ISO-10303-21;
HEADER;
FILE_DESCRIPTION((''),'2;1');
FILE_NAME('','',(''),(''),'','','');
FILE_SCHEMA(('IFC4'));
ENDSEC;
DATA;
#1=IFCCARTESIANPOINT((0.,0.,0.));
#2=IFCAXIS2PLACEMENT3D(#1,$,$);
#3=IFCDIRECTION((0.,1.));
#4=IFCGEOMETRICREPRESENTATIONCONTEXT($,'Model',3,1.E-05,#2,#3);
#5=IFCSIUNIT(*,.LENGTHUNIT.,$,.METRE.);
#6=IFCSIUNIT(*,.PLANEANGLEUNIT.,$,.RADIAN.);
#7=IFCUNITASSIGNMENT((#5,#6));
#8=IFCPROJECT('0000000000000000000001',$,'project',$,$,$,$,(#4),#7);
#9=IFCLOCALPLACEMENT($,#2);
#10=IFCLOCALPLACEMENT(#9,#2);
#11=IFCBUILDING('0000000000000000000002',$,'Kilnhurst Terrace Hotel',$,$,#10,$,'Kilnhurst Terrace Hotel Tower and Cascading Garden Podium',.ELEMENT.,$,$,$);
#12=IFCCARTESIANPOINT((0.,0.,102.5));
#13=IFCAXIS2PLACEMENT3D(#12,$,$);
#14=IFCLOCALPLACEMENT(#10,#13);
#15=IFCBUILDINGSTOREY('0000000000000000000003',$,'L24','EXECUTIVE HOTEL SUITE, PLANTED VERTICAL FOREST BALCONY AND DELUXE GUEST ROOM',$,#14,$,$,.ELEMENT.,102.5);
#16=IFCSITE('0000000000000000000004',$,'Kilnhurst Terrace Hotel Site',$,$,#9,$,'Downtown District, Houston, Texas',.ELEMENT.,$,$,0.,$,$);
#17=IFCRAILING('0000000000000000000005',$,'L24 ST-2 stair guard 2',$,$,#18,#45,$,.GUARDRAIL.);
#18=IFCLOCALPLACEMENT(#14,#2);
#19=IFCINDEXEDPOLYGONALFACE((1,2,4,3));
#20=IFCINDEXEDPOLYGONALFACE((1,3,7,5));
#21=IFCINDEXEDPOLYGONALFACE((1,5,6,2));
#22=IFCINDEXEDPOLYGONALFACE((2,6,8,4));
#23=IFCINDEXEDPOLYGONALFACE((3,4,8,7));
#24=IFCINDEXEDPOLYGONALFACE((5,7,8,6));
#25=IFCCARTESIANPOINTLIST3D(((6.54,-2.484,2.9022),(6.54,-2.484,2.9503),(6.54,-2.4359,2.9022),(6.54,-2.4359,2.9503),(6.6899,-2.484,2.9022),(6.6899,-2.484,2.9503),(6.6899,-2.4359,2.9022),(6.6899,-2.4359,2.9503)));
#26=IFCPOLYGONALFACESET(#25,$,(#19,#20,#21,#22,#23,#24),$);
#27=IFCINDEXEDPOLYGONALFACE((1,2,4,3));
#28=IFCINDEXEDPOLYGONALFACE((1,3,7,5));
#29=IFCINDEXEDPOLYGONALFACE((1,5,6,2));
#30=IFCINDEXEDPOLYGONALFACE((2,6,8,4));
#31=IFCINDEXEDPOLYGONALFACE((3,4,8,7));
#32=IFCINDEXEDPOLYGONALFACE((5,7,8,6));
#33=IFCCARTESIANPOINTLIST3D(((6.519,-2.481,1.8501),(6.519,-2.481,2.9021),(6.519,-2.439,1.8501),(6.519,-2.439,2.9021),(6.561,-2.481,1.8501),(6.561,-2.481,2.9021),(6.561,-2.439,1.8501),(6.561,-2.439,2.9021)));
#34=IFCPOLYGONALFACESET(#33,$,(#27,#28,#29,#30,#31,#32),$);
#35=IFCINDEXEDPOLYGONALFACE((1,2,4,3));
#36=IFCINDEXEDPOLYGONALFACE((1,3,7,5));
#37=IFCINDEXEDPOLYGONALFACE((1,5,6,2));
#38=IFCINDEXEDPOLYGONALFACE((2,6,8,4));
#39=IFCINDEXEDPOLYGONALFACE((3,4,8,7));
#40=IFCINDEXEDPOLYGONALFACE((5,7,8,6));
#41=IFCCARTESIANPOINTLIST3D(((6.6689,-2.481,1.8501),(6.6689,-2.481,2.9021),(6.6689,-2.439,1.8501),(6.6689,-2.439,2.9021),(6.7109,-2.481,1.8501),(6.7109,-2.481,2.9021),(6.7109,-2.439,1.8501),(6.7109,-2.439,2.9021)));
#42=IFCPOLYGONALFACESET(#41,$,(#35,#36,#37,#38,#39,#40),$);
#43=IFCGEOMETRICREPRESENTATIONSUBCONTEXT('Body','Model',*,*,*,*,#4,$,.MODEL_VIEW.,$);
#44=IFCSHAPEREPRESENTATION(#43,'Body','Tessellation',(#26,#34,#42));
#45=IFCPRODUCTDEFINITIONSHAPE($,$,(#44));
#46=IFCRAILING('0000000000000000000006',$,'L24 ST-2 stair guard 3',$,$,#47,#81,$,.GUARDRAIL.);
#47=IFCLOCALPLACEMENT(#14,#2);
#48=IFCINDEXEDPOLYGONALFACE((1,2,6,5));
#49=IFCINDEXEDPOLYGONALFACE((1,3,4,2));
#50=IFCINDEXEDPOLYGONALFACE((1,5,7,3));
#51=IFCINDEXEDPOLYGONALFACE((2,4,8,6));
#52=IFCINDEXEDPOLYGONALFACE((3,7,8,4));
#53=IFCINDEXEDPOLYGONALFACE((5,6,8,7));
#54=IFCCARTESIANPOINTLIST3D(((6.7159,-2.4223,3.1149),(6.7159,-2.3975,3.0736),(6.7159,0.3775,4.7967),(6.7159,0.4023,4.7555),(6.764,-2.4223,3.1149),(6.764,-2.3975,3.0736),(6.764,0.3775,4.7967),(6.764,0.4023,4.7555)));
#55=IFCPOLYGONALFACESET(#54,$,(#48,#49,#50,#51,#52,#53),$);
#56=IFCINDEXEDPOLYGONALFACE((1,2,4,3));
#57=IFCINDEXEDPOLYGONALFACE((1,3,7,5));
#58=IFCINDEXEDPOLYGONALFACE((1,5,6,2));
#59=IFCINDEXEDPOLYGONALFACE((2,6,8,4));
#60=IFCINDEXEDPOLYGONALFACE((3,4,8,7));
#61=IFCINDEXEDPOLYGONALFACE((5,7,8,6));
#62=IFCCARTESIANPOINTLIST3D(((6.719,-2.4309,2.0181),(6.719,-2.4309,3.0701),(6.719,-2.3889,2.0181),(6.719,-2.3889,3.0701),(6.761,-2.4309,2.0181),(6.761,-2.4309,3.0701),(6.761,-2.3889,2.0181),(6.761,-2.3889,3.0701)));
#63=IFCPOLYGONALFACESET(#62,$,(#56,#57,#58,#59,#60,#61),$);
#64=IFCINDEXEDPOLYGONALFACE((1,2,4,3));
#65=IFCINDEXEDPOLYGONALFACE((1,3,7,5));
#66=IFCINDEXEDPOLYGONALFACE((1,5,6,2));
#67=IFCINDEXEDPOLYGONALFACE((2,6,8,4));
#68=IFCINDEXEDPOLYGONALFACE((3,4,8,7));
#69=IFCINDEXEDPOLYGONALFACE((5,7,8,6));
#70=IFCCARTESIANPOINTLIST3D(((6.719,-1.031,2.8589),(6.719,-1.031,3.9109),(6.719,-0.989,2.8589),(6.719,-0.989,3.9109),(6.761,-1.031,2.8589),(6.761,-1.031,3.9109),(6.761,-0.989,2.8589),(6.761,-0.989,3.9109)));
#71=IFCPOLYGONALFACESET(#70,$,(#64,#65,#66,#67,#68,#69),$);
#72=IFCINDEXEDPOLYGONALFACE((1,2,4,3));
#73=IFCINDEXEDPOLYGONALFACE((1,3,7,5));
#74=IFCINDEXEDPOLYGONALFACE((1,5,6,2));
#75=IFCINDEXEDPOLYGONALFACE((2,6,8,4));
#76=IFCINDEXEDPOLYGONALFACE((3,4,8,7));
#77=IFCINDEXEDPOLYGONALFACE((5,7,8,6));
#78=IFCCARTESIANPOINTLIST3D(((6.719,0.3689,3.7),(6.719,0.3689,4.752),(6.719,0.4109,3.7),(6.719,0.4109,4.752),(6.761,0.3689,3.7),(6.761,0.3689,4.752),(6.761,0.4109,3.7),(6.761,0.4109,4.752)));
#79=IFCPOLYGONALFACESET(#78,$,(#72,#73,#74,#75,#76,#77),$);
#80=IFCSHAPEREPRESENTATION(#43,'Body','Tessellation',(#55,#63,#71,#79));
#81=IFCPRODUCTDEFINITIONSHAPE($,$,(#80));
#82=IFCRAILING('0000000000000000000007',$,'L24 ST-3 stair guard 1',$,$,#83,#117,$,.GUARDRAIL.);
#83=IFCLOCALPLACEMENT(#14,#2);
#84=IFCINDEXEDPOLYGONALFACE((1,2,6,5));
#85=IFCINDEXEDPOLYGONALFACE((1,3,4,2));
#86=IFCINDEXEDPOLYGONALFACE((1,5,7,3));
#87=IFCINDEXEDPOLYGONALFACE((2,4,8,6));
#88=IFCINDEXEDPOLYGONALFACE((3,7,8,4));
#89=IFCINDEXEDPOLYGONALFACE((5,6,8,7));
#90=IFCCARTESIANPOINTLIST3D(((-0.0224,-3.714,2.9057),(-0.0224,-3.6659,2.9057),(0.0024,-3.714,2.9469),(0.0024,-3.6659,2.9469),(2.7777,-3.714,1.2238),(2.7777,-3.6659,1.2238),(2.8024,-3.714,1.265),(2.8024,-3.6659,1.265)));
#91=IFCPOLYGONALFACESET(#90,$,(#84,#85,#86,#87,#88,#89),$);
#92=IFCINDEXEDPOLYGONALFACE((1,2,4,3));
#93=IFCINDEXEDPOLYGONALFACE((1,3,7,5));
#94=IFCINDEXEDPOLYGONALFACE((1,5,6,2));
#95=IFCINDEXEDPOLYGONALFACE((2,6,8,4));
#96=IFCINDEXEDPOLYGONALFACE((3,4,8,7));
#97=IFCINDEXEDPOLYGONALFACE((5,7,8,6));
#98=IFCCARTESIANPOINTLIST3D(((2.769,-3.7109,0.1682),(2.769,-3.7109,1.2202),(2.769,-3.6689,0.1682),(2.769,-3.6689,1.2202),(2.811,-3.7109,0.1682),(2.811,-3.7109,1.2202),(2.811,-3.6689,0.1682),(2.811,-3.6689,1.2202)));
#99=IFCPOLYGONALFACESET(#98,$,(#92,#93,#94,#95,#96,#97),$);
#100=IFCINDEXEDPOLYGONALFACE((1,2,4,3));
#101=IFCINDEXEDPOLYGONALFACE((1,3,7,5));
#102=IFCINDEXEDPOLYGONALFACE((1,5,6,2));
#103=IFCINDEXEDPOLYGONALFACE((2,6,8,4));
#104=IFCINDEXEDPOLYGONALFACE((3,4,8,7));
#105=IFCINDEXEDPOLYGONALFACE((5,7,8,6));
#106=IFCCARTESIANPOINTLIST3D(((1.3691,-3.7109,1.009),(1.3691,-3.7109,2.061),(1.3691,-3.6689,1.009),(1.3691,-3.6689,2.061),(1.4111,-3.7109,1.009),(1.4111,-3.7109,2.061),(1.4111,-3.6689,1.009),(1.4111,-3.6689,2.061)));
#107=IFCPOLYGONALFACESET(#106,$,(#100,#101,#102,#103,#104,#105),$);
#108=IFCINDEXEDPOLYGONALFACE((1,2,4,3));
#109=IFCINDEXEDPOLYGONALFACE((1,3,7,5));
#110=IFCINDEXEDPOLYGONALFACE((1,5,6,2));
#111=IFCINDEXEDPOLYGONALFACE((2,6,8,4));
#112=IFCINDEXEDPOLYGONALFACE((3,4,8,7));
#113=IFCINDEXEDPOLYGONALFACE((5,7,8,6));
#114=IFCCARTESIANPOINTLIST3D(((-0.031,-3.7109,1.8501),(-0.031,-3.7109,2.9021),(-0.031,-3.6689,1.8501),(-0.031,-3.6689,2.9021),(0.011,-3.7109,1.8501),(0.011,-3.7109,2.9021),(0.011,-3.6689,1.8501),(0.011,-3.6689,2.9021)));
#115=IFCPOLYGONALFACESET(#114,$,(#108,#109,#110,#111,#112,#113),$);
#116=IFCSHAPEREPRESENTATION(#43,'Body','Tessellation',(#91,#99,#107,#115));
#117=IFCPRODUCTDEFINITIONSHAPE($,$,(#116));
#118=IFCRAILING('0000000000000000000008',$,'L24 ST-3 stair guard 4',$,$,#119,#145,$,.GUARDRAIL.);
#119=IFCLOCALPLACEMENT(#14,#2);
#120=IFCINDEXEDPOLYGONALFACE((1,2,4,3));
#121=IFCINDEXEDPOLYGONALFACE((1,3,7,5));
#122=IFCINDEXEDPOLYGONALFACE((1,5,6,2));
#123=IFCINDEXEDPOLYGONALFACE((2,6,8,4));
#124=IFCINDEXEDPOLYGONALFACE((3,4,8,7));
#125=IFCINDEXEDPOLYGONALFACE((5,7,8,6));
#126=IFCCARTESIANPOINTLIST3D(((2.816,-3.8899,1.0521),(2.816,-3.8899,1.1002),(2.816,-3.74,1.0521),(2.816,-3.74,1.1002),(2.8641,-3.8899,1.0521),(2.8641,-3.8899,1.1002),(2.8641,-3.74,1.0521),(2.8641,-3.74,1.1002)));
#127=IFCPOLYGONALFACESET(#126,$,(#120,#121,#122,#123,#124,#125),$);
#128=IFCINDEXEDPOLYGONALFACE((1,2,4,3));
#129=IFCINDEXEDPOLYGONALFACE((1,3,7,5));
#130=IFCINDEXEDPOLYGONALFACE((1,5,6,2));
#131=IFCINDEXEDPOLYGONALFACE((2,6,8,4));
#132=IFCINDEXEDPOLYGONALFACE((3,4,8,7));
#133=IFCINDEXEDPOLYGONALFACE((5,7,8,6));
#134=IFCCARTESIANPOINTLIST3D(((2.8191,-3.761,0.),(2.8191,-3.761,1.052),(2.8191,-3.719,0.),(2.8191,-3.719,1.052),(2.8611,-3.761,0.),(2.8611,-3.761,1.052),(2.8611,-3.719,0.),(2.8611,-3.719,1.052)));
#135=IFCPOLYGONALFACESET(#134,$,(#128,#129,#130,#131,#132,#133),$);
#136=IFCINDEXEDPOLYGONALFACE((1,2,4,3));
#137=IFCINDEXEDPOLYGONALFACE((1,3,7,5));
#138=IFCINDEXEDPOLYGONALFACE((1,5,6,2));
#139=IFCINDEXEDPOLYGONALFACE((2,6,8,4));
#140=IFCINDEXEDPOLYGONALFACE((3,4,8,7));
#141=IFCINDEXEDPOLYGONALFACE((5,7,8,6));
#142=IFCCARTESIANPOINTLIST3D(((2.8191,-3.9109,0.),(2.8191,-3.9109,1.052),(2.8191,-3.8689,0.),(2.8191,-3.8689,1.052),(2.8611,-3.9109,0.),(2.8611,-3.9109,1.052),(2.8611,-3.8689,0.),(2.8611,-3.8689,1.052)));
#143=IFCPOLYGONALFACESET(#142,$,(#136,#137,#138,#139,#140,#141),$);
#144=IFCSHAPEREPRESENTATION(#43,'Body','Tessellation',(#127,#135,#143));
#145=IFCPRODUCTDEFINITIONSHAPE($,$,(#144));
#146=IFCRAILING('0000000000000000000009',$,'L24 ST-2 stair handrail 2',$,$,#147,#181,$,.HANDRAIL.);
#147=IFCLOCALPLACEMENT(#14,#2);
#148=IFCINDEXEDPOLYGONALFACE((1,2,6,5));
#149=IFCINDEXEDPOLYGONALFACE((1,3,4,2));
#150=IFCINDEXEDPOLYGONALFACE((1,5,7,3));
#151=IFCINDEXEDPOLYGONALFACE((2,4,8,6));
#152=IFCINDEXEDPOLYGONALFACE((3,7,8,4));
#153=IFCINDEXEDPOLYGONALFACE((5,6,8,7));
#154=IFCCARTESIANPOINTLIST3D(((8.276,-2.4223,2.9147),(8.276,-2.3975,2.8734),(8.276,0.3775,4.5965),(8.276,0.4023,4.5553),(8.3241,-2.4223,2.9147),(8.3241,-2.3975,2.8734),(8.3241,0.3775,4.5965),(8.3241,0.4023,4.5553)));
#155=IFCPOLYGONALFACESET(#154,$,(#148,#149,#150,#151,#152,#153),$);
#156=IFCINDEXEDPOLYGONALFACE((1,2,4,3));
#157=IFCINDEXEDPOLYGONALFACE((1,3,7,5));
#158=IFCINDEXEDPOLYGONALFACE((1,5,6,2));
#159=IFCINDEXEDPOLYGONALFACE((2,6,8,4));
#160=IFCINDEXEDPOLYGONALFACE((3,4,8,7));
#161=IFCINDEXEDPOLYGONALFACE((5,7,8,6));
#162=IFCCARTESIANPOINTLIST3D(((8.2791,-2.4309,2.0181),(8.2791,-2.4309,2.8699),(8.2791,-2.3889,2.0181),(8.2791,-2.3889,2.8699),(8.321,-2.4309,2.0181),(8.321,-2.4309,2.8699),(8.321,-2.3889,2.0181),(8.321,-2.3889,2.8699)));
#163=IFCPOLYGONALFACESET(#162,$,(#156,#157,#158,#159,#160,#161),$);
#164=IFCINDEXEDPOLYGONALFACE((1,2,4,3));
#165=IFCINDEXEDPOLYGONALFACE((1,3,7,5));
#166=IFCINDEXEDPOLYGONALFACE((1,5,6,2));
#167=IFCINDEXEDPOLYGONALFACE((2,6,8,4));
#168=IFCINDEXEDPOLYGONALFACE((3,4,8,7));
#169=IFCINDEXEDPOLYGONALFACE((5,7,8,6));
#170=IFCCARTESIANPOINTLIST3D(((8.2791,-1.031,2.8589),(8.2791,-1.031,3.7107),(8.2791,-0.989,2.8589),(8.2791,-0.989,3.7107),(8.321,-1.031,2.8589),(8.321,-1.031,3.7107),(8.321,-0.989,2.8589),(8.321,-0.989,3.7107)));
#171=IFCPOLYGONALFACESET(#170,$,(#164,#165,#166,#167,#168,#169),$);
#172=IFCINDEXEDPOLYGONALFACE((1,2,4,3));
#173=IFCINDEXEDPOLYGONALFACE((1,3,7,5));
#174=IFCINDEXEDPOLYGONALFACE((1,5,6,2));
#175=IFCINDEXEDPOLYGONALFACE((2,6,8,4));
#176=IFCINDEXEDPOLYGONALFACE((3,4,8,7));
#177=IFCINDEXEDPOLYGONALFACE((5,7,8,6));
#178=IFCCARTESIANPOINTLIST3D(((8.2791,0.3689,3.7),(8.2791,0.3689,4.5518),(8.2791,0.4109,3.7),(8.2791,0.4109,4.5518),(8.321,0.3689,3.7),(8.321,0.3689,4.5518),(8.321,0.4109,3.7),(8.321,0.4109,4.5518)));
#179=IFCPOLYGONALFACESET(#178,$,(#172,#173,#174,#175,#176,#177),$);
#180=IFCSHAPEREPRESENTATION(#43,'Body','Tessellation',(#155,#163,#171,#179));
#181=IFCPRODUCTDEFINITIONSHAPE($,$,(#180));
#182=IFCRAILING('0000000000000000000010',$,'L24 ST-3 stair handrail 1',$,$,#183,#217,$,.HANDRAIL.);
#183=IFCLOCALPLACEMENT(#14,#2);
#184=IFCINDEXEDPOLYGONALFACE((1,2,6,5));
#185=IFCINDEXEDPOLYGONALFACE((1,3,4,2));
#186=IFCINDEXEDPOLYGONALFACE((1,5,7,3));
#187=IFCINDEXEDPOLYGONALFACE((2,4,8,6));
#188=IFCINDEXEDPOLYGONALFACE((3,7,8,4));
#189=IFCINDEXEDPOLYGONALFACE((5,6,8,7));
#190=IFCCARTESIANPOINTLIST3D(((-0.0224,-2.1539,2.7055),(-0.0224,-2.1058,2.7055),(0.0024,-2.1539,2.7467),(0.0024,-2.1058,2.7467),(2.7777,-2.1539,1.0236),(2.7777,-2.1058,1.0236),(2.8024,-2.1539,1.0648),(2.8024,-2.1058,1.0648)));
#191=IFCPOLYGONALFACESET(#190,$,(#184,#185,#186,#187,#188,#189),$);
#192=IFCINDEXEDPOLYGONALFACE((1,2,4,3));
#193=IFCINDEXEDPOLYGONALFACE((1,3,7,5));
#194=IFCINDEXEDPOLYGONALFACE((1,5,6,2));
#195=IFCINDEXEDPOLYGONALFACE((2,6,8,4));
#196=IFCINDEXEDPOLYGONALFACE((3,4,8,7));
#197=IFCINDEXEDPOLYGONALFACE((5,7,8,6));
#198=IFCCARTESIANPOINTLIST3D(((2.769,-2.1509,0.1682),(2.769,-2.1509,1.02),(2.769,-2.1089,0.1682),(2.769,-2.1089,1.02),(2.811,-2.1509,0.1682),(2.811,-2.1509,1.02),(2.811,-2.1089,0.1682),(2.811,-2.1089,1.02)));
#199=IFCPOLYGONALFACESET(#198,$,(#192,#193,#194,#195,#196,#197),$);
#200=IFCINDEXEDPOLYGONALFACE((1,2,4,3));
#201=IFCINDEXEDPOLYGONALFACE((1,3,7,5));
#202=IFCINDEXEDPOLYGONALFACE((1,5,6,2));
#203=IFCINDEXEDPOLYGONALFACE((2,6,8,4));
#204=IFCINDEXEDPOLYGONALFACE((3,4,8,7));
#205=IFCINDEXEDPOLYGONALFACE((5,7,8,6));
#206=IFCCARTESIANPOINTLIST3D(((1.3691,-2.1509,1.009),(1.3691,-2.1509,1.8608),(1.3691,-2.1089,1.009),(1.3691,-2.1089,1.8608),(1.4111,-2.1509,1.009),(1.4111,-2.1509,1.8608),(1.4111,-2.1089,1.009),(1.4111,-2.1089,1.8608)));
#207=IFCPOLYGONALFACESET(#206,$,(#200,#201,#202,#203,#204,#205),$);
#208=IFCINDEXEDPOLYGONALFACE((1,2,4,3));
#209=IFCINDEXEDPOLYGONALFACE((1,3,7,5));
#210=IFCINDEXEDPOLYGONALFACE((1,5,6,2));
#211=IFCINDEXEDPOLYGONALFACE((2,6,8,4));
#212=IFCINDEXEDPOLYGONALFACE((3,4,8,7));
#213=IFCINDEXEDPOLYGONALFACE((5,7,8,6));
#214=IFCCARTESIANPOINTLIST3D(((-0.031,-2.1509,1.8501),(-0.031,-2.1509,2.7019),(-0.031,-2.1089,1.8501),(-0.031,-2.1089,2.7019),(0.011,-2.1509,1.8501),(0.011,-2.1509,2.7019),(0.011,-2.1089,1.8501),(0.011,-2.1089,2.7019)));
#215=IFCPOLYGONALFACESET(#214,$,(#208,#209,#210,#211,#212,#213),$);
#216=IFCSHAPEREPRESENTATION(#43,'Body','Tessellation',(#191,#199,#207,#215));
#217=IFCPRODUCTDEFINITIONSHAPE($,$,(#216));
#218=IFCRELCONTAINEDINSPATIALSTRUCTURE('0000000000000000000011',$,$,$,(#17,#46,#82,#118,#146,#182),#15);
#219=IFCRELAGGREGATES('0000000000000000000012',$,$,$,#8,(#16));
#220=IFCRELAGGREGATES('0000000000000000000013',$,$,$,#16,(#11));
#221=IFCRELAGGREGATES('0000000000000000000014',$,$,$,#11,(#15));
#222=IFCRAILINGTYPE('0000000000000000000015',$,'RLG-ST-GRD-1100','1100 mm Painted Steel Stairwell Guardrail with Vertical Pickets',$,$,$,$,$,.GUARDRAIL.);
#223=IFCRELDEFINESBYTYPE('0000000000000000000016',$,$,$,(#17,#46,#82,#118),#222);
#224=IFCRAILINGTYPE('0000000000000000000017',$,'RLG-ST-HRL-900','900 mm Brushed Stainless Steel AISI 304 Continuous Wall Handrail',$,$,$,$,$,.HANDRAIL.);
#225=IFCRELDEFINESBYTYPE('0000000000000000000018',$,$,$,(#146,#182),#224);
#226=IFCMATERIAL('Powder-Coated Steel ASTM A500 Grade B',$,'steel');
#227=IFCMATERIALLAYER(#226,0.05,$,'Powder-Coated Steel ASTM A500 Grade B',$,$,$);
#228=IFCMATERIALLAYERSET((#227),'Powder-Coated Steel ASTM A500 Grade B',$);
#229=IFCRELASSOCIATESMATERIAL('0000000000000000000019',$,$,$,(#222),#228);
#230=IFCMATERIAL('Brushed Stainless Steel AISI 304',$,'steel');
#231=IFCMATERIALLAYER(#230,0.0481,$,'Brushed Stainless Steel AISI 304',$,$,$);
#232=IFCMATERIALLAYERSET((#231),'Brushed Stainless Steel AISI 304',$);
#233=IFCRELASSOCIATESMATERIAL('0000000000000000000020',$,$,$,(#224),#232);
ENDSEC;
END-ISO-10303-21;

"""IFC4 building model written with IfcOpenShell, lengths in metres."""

from ifc_helpers import new_model, si_unit, direction, frame, origin, origin_2d, place, context, subcontext, project, spatial, rectangle, extrude, material, layer, layer_set, type_object, element, save


model = new_model("IFC4")

# Units and contexts
model_context = context("Model", 3, precision=1e-05, world=origin(), true_north=direction((0.0, 1.0)))
body_context = subcontext(model_context, "Body", "Model", "MODEL_VIEW")
ifc_project = project(units=[si_unit("LENGTHUNIT", "METRE"), si_unit("PLANEANGLEUNIT", "RADIAN")], contexts=[model_context])

# Site, building, storey
site_placement = place(None, origin())
site = spatial("IfcSite", under=ifc_project, at=site_placement, Name="Kilnhurst Terrace Hotel Site", LongName="Downtown District, Houston, Texas", CompositionType="ELEMENT", RefElevation=0.0)
building_placement = place(site_placement, origin())
building = spatial("IfcBuilding", under=site, at=building_placement, Name="Kilnhurst Terrace Hotel", LongName="Kilnhurst Terrace Hotel Tower and Cascading Garden Podium", CompositionType="ELEMENT")
storey_placement = place(building_placement, frame((0.0, 0.0, 102.5)))
storey = spatial("IfcBuildingStorey", under=building, at=storey_placement, Name="L24", Description="EXECUTIVE HOTEL SUITE, PLANTED VERTICAL FOREST BALCONY AND DELUXE GUEST ROOM", CompositionType="ELEMENT", Elevation=102.5)

# Railings
ifc_material_1 = material(Name="Powder-Coated Steel ASTM A500 Grade B", Category="steel")
ifc_layer_1 = layer(ifc_material_1, 0.05, Name="Powder-Coated Steel ASTM A500 Grade B")
ifc_layer_set_1 = layer_set([ifc_layer_1], Name="Powder-Coated Steel ASTM A500 Grade B")
railing_type_1 = type_object("IfcRailingType", Name="RLG-ST-GRD-1100", Description="1100 mm Painted Steel Stairwell Guardrail with Vertical Pickets", PredefinedType="GUARDRAIL", material=ifc_layer_set_1)
railing_1_placement = place(storey_placement, frame((6.54, -2.46, 1.8501)))
element("IfcRailing", 1, at=railing_1_placement, inside=storey, type_object=railing_type_1, Name="L24 ST-2 stair guard 2", PredefinedType="GUARDRAIL", context=body_context, shape_type="SweptSolid", body=[
    extrude(rectangle(XDim=0.0481, YDim=0.0481, at=origin_2d()), frame((0.0, 0.0, 1.0762), z_axis=(1.0, 0.0, 0.0), x_axis=(0.0, 1.0, 0.0)), (0.0, 0.0, 1.0), 0.1499),
    extrude(rectangle(XDim=0.042, YDim=0.042, at=origin_2d()), origin(), (0.0, 0.0, 1.0), 1.052),
    extrude(rectangle(XDim=0.042, YDim=0.042, at=origin_2d()), frame((0.1499, 0.0, 0.0)), (0.0, 0.0, 1.0), 1.052),
])
railing_2_placement = place(storey_placement, frame((6.74, -2.4099, 2.0181)))
element("IfcRailing", 2, at=railing_2_placement, inside=storey, type_object=railing_type_1, Name="L24 ST-2 stair guard 3", PredefinedType="GUARDRAIL", context=body_context, shape_type="SweptSolid", body=[
    extrude(rectangle(XDim=0.0481, YDim=0.0481, at=origin_2d()), frame((0.0, 0.0, 1.0762), z_axis=(0.0, 0.857222, 0.514946), x_axis=(-1.0, 0.0, 0.0)), (0.0, 0.0, 1.0), 3.2661),
    extrude(rectangle(XDim=0.042, YDim=0.042, at=origin_2d()), origin(), (0.0, 0.0, 1.0), 1.052),
    extrude(rectangle(XDim=0.042, YDim=0.042, at=origin_2d()), frame((0.0, 1.3999, 0.8408)), (0.0, 0.0, 1.0), 1.052),
    extrude(rectangle(XDim=0.042, YDim=0.042, at=origin_2d()), frame((0.0, 2.7998, 1.6819)), (0.0, 0.0, 1.0), 1.052),
])
railing_3_placement = place(storey_placement, frame((2.79, -3.6899, 0.1682)))
element("IfcRailing", 3, at=railing_3_placement, inside=storey, type_object=railing_type_1, Name="L24 ST-3 stair guard 1", PredefinedType="GUARDRAIL", context=body_context, shape_type="SweptSolid", body=[
    extrude(rectangle(XDim=0.0481, YDim=0.0481, at=origin_2d()), frame((0.0, 0.0, 1.0762), z_axis=(-0.857242, 0.0, 0.514913), x_axis=(0.0, -1.0, 0.0)), (0.0, 0.0, 1.0), 3.2664),
    extrude(rectangle(XDim=0.042, YDim=0.042, at=origin_2d()), origin(), (0.0, 0.0, 1.0), 1.052),
    extrude(rectangle(XDim=0.042, YDim=0.042, at=origin_2d()), frame((-1.3999, 0.0, 0.8408)), (0.0, 0.0, 1.0), 1.052),
    extrude(rectangle(XDim=0.042, YDim=0.042, at=origin_2d()), frame((-2.8, 0.0, 1.6819)), (0.0, 0.0, 1.0), 1.052),
])
railing_4_placement = place(storey_placement, frame((2.8401, -3.74, 0.0)))
element("IfcRailing", 4, at=railing_4_placement, inside=storey, type_object=railing_type_1, Name="L24 ST-3 stair guard 4", PredefinedType="GUARDRAIL", context=body_context, shape_type="SweptSolid", body=[
    extrude(rectangle(XDim=0.0481, YDim=0.0481, at=origin_2d()), frame((0.0, 0.0, 1.0762), z_axis=(0.0, -1.0, 0.0), x_axis=(1.0, 0.0, 0.0)), (0.0, 0.0, 1.0), 0.1499),
    extrude(rectangle(XDim=0.042, YDim=0.042, at=origin_2d()), origin(), (0.0, 0.0, 1.0), 1.052),
    extrude(rectangle(XDim=0.042, YDim=0.042, at=origin_2d()), frame((0.0, -0.1499, 0.0)), (0.0, 0.0, 1.0), 1.052),
])
ifc_material_2 = material(Name="Brushed Stainless Steel AISI 304", Category="steel")
ifc_layer_2 = layer(ifc_material_2, 0.0481, Name="Brushed Stainless Steel AISI 304")
ifc_layer_set_2 = layer_set([ifc_layer_2], Name="Brushed Stainless Steel AISI 304")
railing_type_2 = type_object("IfcRailingType", Name="RLG-ST-HRL-900", Description="900 mm Brushed Stainless Steel AISI 304 Continuous Wall Handrail", PredefinedType="HANDRAIL", material=ifc_layer_set_2)
railing_5_placement = place(storey_placement, frame((8.3, -2.4099, 2.0181)))
element("IfcRailing", 5, at=railing_5_placement, inside=storey, type_object=railing_type_2, Name="L24 ST-2 stair handrail 2", PredefinedType="HANDRAIL", context=body_context, shape_type="SweptSolid", body=[
    extrude(rectangle(XDim=0.0481, YDim=0.0481, at=origin_2d()), frame((0.0, 0.0, 0.876), z_axis=(0.0, 0.857222, 0.514946), x_axis=(-1.0, 0.0, 0.0)), (0.0, 0.0, 1.0), 3.2661),
    extrude(rectangle(XDim=0.042, YDim=0.042, at=origin_2d()), origin(), (0.0, 0.0, 1.0), 0.8518),
    extrude(rectangle(XDim=0.042, YDim=0.042, at=origin_2d()), frame((0.0, 1.3999, 0.8408)), (0.0, 0.0, 1.0), 0.8518),
    extrude(rectangle(XDim=0.042, YDim=0.042, at=origin_2d()), frame((0.0, 2.7998, 1.6819)), (0.0, 0.0, 1.0), 0.8518),
])
railing_6_placement = place(storey_placement, frame((2.79, -2.1299, 0.1682)))
element("IfcRailing", 6, at=railing_6_placement, inside=storey, type_object=railing_type_2, Name="L24 ST-3 stair handrail 1", PredefinedType="HANDRAIL", context=body_context, shape_type="SweptSolid", body=[
    extrude(rectangle(XDim=0.0481, YDim=0.0481, at=origin_2d()), frame((0.0, 0.0, 0.876), z_axis=(-0.857242, 0.0, 0.514913), x_axis=(0.0, -1.0, 0.0)), (0.0, 0.0, 1.0), 3.2664),
    extrude(rectangle(XDim=0.042, YDim=0.042, at=origin_2d()), origin(), (0.0, 0.0, 1.0), 0.8518),
    extrude(rectangle(XDim=0.042, YDim=0.042, at=origin_2d()), frame((-1.3999, 0.0, 0.8408)), (0.0, 0.0, 1.0), 0.8518),
    extrude(rectangle(XDim=0.042, YDim=0.042, at=origin_2d()), frame((-2.8, 0.0, 1.6819)), (0.0, 0.0, 1.0), 0.8518),
])

save(model, "model.ifc")
